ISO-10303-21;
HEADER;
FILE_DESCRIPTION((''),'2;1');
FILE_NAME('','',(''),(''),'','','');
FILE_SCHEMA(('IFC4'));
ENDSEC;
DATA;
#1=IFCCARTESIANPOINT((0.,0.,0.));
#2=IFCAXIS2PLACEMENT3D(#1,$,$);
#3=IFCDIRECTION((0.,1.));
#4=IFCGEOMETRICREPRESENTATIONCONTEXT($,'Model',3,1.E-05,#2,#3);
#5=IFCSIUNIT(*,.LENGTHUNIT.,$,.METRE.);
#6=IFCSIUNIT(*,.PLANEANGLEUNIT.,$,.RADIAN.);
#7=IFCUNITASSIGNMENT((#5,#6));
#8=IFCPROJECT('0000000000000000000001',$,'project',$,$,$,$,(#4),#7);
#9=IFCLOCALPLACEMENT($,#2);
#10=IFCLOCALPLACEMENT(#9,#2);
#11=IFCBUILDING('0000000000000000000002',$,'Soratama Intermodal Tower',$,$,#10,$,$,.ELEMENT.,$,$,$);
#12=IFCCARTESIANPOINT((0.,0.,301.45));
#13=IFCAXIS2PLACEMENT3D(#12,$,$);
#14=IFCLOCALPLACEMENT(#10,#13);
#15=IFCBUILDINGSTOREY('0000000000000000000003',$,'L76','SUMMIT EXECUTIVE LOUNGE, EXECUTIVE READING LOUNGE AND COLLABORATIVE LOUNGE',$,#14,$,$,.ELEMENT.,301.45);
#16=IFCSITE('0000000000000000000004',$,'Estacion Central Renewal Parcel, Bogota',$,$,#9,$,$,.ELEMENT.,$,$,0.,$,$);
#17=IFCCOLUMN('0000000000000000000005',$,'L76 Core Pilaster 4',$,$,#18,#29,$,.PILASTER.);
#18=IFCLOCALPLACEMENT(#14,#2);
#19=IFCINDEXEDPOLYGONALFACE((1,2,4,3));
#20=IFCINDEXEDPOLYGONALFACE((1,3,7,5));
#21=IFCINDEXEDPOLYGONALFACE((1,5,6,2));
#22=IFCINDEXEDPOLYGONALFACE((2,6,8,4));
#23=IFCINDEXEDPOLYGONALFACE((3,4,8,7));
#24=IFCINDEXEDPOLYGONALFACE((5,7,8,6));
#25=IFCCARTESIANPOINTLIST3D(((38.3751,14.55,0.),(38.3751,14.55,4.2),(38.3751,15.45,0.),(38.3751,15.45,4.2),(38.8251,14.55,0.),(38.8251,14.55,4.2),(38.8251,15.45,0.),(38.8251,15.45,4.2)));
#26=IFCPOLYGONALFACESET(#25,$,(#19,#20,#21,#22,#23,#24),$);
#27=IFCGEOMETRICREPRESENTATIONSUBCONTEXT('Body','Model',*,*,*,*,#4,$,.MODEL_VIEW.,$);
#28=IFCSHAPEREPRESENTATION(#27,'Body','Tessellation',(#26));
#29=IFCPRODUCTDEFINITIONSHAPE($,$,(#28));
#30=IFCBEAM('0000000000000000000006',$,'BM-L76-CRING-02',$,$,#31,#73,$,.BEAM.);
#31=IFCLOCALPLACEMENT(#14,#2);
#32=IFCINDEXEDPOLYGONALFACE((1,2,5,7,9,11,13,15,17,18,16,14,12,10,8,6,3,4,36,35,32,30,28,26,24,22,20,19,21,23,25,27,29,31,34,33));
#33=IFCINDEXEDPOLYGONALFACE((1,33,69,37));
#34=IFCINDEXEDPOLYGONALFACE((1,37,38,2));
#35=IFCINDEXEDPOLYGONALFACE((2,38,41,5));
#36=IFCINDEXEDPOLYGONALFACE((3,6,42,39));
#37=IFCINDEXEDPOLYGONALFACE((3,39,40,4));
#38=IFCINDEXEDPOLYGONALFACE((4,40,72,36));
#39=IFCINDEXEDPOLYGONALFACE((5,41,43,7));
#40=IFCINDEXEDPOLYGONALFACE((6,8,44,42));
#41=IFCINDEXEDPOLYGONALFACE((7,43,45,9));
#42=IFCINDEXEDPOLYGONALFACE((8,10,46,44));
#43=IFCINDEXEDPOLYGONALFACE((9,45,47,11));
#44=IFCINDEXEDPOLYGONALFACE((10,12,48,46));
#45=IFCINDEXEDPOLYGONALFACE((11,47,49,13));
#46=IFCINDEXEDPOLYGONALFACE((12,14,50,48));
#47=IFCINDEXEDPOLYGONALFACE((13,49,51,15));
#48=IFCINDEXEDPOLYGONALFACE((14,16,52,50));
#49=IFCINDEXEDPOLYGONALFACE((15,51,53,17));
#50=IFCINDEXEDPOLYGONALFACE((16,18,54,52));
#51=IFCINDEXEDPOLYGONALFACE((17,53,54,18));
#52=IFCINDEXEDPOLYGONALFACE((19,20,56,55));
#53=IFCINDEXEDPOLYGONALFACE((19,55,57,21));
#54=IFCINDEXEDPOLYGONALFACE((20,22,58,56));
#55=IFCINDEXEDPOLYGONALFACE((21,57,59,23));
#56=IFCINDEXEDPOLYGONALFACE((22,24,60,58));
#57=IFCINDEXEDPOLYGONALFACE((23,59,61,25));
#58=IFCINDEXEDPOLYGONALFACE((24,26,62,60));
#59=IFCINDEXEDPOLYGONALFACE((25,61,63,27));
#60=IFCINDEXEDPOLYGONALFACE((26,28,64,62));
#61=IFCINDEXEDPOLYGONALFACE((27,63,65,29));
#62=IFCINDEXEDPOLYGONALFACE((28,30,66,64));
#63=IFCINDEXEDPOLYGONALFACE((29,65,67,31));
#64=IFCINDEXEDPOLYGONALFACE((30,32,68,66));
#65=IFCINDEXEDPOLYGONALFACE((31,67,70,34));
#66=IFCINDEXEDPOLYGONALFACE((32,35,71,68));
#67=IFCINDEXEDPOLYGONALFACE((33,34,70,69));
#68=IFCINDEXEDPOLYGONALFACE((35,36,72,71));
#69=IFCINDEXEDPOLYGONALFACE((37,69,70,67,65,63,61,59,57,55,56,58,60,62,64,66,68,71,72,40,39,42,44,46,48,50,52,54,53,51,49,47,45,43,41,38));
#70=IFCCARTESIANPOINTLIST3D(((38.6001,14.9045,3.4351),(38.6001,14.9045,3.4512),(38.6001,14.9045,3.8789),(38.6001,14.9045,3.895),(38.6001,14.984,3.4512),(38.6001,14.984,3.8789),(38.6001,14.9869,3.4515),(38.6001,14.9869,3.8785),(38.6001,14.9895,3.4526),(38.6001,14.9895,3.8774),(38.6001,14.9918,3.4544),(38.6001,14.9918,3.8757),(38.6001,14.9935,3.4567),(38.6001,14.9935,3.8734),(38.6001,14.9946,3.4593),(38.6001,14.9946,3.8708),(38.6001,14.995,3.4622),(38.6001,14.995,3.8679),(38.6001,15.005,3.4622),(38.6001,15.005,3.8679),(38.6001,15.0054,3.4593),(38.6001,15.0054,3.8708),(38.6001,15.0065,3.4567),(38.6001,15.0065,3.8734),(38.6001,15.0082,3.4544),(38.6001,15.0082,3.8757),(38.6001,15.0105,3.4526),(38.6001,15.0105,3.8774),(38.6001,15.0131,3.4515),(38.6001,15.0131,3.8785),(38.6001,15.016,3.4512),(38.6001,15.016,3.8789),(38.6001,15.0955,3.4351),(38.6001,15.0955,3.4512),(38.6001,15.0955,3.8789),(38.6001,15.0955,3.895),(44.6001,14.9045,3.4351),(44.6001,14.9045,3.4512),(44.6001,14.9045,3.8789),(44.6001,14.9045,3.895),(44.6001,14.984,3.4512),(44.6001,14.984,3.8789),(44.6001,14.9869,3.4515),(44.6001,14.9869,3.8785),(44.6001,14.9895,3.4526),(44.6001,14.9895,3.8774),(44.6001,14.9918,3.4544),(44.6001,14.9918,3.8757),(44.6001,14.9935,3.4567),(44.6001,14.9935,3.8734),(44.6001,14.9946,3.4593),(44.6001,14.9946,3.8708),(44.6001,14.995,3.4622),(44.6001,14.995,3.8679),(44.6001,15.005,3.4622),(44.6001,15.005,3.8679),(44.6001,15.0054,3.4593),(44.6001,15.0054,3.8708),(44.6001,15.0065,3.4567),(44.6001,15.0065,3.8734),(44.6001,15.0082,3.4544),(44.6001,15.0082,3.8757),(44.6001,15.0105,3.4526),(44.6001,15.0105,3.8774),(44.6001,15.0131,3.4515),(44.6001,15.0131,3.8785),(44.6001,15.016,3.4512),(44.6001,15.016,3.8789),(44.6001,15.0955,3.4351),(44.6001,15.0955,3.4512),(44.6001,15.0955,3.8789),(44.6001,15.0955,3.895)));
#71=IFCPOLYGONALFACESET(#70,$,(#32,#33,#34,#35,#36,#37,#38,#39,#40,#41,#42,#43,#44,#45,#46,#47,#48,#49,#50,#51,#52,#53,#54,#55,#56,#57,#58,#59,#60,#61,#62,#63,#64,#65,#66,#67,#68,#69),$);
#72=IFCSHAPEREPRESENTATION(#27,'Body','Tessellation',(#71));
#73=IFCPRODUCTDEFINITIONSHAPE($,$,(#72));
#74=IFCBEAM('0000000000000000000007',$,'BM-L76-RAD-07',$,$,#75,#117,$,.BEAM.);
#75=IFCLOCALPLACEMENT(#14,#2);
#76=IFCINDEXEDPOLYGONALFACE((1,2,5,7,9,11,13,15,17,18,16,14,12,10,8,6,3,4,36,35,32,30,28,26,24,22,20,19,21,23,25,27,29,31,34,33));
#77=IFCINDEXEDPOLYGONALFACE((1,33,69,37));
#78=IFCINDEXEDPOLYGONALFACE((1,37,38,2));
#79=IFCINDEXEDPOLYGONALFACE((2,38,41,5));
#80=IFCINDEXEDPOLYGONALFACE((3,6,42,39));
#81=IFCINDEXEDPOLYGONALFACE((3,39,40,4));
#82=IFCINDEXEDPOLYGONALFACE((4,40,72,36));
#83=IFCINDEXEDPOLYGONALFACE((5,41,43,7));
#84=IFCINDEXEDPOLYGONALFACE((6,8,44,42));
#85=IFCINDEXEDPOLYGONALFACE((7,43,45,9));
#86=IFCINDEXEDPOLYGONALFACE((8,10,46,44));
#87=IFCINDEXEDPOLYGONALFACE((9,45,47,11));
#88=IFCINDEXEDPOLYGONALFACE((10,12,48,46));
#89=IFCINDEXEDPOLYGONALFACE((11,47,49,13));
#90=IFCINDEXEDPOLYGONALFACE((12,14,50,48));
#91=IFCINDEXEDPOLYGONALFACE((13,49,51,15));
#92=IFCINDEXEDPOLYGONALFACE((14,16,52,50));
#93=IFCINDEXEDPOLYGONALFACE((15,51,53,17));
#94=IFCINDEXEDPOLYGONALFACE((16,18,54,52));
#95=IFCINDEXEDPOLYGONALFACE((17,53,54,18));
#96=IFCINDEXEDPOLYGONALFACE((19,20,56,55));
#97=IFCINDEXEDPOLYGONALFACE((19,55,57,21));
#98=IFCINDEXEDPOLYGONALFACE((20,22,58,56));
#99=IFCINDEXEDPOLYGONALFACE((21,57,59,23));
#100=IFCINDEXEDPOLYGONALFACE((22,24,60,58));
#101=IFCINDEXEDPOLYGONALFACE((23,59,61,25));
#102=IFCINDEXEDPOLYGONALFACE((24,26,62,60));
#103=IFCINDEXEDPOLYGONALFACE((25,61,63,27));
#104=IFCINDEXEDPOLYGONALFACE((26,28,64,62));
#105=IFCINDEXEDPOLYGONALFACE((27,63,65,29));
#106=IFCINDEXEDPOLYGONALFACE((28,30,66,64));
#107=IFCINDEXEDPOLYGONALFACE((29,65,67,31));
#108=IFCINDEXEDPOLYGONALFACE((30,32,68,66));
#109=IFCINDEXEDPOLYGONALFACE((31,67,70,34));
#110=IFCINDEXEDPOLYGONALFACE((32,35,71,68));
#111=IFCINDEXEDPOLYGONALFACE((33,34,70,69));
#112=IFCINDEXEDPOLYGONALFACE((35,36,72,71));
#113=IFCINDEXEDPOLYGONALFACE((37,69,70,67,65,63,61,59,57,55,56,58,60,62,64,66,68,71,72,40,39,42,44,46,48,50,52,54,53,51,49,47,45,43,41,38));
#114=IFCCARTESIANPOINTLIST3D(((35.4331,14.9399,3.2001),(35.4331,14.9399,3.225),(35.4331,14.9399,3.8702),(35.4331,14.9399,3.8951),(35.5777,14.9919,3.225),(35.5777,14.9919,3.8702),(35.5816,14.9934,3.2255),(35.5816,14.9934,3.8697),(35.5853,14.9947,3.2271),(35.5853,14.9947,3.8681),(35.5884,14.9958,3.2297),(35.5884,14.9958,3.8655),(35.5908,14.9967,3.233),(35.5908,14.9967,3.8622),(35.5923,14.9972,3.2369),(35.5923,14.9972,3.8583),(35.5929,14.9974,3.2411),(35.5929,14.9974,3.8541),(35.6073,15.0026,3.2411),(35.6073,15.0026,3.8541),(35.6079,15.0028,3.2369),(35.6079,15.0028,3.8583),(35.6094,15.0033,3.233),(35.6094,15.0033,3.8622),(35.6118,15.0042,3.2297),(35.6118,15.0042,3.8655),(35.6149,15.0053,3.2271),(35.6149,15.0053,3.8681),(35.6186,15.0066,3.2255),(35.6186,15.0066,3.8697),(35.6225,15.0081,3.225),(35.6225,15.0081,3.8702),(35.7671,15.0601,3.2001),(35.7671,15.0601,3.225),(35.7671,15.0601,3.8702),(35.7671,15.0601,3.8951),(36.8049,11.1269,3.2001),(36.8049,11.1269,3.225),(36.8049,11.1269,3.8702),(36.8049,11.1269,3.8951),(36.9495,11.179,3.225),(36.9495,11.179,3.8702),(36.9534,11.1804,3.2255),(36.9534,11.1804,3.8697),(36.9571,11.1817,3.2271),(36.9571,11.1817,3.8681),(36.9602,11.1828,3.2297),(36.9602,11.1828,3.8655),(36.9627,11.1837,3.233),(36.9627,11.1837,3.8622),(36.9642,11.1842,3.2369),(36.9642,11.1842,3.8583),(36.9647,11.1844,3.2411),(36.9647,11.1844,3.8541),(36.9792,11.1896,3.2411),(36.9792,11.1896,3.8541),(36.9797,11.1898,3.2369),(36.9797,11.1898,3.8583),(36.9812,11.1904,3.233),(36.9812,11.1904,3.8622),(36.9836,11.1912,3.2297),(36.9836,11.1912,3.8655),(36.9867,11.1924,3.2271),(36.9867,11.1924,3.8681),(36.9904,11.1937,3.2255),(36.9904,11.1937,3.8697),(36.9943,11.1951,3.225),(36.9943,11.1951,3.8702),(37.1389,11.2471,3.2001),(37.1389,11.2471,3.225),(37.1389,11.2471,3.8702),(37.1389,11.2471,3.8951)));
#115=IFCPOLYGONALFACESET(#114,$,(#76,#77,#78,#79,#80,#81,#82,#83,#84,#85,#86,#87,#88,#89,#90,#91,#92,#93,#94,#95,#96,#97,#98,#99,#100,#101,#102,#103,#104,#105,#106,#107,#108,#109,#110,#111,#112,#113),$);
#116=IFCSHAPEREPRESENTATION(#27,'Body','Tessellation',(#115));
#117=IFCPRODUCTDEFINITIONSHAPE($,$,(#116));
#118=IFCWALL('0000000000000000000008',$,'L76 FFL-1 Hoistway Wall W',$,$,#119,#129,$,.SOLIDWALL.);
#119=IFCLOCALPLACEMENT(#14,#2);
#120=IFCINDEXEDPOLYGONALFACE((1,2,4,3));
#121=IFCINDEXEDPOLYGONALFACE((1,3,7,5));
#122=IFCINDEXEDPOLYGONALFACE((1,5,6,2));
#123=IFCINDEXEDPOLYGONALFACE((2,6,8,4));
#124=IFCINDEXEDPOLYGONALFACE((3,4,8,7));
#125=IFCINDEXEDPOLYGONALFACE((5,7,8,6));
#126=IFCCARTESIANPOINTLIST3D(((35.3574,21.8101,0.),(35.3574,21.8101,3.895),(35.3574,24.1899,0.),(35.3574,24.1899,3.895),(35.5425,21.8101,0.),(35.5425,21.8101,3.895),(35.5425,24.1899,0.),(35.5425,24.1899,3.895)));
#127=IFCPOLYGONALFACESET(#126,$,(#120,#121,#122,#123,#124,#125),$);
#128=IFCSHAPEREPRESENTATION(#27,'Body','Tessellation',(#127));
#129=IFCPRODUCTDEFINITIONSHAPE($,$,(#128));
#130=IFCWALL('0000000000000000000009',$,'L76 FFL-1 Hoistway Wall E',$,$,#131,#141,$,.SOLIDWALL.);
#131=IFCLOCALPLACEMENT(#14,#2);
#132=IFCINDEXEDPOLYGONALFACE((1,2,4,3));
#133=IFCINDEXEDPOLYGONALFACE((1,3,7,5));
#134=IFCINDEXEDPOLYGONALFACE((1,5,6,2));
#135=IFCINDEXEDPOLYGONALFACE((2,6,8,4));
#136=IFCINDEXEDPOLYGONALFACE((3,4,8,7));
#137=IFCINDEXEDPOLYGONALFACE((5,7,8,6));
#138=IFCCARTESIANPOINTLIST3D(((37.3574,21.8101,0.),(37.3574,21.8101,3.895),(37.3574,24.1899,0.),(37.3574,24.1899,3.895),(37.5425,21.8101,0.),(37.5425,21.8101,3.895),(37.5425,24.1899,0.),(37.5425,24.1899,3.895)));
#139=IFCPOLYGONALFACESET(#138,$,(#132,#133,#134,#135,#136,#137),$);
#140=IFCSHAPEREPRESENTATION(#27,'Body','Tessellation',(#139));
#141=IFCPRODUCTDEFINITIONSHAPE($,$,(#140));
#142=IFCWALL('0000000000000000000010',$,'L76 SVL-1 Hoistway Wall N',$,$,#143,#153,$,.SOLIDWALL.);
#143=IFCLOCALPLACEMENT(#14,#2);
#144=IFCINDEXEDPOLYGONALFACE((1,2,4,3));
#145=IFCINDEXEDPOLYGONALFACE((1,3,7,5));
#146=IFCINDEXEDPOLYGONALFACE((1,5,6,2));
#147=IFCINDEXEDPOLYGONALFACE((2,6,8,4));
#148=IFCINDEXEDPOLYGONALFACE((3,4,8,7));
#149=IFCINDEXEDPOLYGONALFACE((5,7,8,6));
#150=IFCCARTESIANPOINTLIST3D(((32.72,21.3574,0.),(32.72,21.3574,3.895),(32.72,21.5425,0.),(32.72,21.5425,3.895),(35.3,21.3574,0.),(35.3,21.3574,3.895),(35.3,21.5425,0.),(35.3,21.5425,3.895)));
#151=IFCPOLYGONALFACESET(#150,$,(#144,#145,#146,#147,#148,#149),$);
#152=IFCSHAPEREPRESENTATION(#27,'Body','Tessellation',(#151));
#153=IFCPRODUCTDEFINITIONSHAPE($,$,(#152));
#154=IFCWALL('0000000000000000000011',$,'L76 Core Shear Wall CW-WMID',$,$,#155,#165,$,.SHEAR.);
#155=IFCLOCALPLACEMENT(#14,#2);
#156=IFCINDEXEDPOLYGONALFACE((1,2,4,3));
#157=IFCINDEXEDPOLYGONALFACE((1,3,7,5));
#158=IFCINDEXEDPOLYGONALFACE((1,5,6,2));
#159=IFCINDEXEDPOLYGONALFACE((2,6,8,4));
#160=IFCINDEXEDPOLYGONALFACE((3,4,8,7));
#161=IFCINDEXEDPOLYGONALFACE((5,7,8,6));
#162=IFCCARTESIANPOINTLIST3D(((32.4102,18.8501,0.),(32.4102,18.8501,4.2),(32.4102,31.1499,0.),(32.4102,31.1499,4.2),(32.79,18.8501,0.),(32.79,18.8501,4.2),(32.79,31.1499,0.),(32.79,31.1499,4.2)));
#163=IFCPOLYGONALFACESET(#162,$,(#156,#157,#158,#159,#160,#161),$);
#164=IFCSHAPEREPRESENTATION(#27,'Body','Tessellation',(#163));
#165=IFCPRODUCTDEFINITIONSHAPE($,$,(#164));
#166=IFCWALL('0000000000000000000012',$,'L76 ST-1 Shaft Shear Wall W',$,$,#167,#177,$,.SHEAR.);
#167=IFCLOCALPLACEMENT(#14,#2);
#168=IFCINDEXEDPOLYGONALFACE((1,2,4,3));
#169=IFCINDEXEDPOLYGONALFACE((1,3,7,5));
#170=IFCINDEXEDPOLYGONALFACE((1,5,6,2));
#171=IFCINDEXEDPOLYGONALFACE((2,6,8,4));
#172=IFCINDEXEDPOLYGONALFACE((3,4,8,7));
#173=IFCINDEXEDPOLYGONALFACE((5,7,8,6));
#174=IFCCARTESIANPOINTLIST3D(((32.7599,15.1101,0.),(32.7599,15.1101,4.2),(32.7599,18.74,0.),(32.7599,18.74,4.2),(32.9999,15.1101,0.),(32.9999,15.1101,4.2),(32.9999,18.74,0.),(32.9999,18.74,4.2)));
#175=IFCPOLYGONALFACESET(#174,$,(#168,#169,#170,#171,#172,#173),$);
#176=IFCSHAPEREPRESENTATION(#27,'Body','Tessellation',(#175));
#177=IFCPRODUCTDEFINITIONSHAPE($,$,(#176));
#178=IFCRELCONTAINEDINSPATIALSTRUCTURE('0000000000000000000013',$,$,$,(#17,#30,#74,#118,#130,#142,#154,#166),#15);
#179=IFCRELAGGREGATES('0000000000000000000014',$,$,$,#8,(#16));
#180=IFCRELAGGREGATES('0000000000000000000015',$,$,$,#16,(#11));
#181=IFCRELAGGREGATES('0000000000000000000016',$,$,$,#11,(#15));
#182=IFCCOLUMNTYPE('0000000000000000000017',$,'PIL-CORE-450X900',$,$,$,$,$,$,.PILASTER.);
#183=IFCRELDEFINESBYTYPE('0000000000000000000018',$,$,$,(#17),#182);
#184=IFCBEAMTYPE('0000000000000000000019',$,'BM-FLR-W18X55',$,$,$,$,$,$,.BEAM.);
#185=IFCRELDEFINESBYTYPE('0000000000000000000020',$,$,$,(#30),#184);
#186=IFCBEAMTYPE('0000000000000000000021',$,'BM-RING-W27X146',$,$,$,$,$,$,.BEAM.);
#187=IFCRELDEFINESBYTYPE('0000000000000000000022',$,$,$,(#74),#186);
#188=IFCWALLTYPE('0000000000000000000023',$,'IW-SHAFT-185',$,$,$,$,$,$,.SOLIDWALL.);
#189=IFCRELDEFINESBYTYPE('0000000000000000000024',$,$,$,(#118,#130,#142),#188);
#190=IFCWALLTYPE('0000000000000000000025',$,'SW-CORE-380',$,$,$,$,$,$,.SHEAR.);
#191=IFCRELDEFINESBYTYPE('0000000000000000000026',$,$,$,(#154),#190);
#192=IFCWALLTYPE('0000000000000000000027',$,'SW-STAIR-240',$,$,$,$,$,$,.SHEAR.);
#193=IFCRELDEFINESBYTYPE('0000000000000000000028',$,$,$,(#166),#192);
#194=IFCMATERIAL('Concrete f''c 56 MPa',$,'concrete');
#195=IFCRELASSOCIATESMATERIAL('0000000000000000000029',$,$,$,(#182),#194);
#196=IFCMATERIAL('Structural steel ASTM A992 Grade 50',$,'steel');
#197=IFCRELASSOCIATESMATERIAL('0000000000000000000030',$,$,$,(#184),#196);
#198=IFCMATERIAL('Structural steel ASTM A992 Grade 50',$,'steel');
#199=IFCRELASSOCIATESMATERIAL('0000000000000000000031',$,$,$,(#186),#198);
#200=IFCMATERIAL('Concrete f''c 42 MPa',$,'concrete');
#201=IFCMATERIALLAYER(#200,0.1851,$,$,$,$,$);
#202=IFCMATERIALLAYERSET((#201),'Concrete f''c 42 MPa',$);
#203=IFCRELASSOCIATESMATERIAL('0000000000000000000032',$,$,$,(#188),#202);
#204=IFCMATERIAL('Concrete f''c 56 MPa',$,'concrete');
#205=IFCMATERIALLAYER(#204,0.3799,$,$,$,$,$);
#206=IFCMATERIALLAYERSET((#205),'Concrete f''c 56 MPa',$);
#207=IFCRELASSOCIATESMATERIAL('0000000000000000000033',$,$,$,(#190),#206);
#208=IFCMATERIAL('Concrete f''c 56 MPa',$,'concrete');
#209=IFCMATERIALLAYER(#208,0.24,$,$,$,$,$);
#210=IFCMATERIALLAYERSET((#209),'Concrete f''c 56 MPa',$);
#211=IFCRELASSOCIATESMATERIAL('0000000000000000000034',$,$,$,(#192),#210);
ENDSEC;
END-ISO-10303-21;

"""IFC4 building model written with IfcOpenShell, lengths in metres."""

from ifc_helpers import new_model, si_unit, direction, frame, frame_2d, origin, origin_2d, place, context, subcontext, project, spatial, rectangle, i_section, extrude, material, layer, layer_set, material_profile, profile_set, type_object, element, save


model = new_model("IFC4")

# Units and contexts
model_context = context("Model", 3, precision=1e-05, world=origin(), true_north=direction((0.0, 1.0)))
body_context = subcontext(model_context, "Body", "Model", "MODEL_VIEW")
ifc_project = project(units=[si_unit("LENGTHUNIT", "METRE"), si_unit("PLANEANGLEUNIT", "RADIAN")], contexts=[model_context])

# Site, building, storey
site_placement = place(None, origin())
site = spatial("IfcSite", under=ifc_project, at=site_placement, Name="Estacion Central Renewal Parcel, Bogota", CompositionType="ELEMENT", RefElevation=0.0)
building_placement = place(site_placement, origin())
building = spatial("IfcBuilding", under=site, at=building_placement, Name="Soratama Intermodal Tower", CompositionType="ELEMENT")
storey_placement = place(building_placement, frame((0.0, 0.0, 301.45)))
storey = spatial("IfcBuildingStorey", under=building, at=storey_placement, Name="L76", Description="SUMMIT EXECUTIVE LOUNGE, EXECUTIVE READING LOUNGE AND COLLABORATIVE LOUNGE", CompositionType="ELEMENT", Elevation=301.45)

# Column
ifc_material_1 = material(Name="Concrete f'c 56 MPa", Category="concrete")
ifc_material_profile_1 = material_profile(ifc_material_1, rectangle(XDim=0.45, YDim=0.8999, at=origin_2d()), Name="RC450X900")
ifc_profile_set_1 = profile_set([ifc_material_profile_1], Name="Concrete f'c 56 MPa")
column_type = type_object("IfcColumnType", Name="PIL-CORE-450X900", PredefinedType="PILASTER", material=ifc_profile_set_1)
column_placement = place(storey_placement, frame((38.6001, 15.0, 0.0), z_axis=(0.0, 0.0, 1.0), x_axis=(1.0, 0.0, 0.0)))
element("IfcColumn", 1, at=column_placement, inside=storey, type_object=column_type, Name="L76 Core Pilaster 4", PredefinedType="PILASTER", context=body_context, shape_type="SweptSolid", body=[
    extrude(rectangle(XDim=0.45, YDim=0.8999, at=origin_2d()), origin(), (0.0, 0.0, 1.0), 4.2),
])

# Beams
ifc_material_2 = material(Name="Structural steel ASTM A992 Grade 50", Category="steel")
ifc_material_profile_2 = material_profile(ifc_material_2, i_section(OverallWidth=0.1909, OverallDepth=0.46, WebThickness=0.01, FlangeThickness=0.0161, FilletRadius=0.011, at=origin_2d()), Name="W18X55")
ifc_profile_set_2 = profile_set([ifc_material_profile_2], Name="Structural steel ASTM A992 Grade 50")
beam_type_1 = type_object("IfcBeamType", Name="BM-FLR-W18X55", PredefinedType="BEAM", material=ifc_profile_set_2)
beam_1_placement = place(storey_placement, frame((38.6001, 15.0, 3.665), z_axis=(1.0, 0.0, 0.0), x_axis=(0.0, 1.0, 0.0)))
element("IfcBeam", 2, at=beam_1_placement, inside=storey, type_object=beam_type_1, Name="BM-L76-CRING-02", PredefinedType="BEAM", context=body_context, shape_type="SweptSolid", body=[
    extrude(i_section(OverallWidth=0.1909, OverallDepth=0.46, WebThickness=0.01, FlangeThickness=0.0161, FilletRadius=0.011, at=origin_2d()), origin(), (0.0, 0.0, 1.0), 6.0),
])
ifc_material_3 = material(Name="Structural steel ASTM A992 Grade 50", Category="steel")
ifc_material_profile_3 = material_profile(ifc_material_3, i_section(OverallWidth=0.355, OverallDepth=0.6951, WebThickness=0.0154, FlangeThickness=0.0249, FilletRadius=0.0161, at=origin_2d()), Name="W27X146")
ifc_profile_set_3 = profile_set([ifc_material_profile_3], Name="Structural steel ASTM A992 Grade 50")
beam_type_2 = type_object("IfcBeamType", Name="BM-RING-W27X146", PredefinedType="BEAM", material=ifc_profile_set_3)
beam_2_placement = place(storey_placement, frame((35.6001, 15.0, 3.5476), z_axis=(0.338534, -0.940954, 0.0), x_axis=(0.940954, 0.338534, 0.0)))
element("IfcBeam", 3, at=beam_2_placement, inside=storey, type_object=beam_type_2, Name="BM-L76-RAD-07", PredefinedType="BEAM", context=body_context, shape_type="SweptSolid", body=[
    extrude(i_section(OverallWidth=0.355, OverallDepth=0.6951, WebThickness=0.0154, FlangeThickness=0.0249, FilletRadius=0.0161, at=origin_2d()), origin(), (0.0, 0.0, 1.0), 4.0522),
])

# Shared definitions
ifc_material_4 = material(Name="Concrete f'c 42 MPa", Category="concrete")
ifc_layer_1 = layer(ifc_material_4, 0.1851)
ifc_layer_set_1 = layer_set([ifc_layer_1], Name="Concrete f'c 42 MPa")
wall_type_1 = type_object("IfcWallType", Name="IW-SHAFT-185", PredefinedType="SOLIDWALL", material=ifc_layer_set_1)

# Walls
for number, where, z_axis, x_axis, name in (
    (4, (35.45, 21.8101, 0.0), (0.0, 0.0, 1.0), (0.0, 1.0, 0.0), "L76 FFL-1 Hoistway Wall W"),
    (5, (37.45, 21.8101, 0.0), (0.0, 0.0, 1.0), (0.0, 1.0, 0.0), "L76 FFL-1 Hoistway Wall E"),
):
    element("IfcWall", number, at=place(storey_placement, frame(where, z_axis=z_axis, x_axis=x_axis)), inside=storey, type_object=wall_type_1, Name=name, PredefinedType="SOLIDWALL", context=body_context, shape_type="SweptSolid", body=[
        extrude(rectangle(XDim=2.3799, YDim=0.1851, at=frame_2d((1.1899, 0.0))), origin(), (0.0, 0.0, 1.0), 3.895),
    ])

# Wall
wall_1_placement = place(storey_placement, frame((32.72, 21.45, 0.0), z_axis=(0.0, 0.0, 1.0), x_axis=(1.0, 0.0, 0.0)))
element("IfcWall", 6, at=wall_1_placement, inside=storey, type_object=wall_type_1, Name="L76 SVL-1 Hoistway Wall N", PredefinedType="SOLIDWALL", context=body_context, shape_type="SweptSolid", body=[
    extrude(rectangle(XDim=2.5801, YDim=0.1851, at=frame_2d((1.29, 0.0))), origin(), (0.0, 0.0, 1.0), 3.895),
])

# Walls
ifc_material_5 = material(Name="Concrete f'c 56 MPa", Category="concrete")
ifc_layer_2 = layer(ifc_material_5, 0.3799)
ifc_layer_set_2 = layer_set([ifc_layer_2], Name="Concrete f'c 56 MPa")
wall_type_2 = type_object("IfcWallType", Name="SW-CORE-380", PredefinedType="SHEAR", material=ifc_layer_set_2)
wall_2_placement = place(storey_placement, frame((32.6001, 18.8501, 0.0), z_axis=(0.0, 0.0, 1.0), x_axis=(0.0, 1.0, 0.0)))
element("IfcWall", 7, at=wall_2_placement, inside=storey, type_object=wall_type_2, Name="L76 Core Shear Wall CW-WMID", PredefinedType="SHEAR", context=body_context, shape_type="SweptSolid", body=[
    extrude(rectangle(XDim=12.2998, YDim=0.3799, at=frame_2d((6.1499, 0.0))), origin(), (0.0, 0.0, 1.0), 4.2),
])
ifc_material_6 = material(Name="Concrete f'c 56 MPa", Category="concrete")
ifc_layer_3 = layer(ifc_material_6, 0.24)
ifc_layer_set_3 = layer_set([ifc_layer_3], Name="Concrete f'c 56 MPa")
wall_type_3 = type_object("IfcWallType", Name="SW-STAIR-240", PredefinedType="SHEAR", material=ifc_layer_set_3)
wall_3_placement = place(storey_placement, frame((32.8799, 15.1101, 0.0), z_axis=(0.0, 0.0, 1.0), x_axis=(0.0, 1.0, 0.0)))
element("IfcWall", 8, at=wall_3_placement, inside=storey, type_object=wall_type_3, Name="L76 ST-1 Shaft Shear Wall W", PredefinedType="SHEAR", context=body_context, shape_type="SweptSolid", body=[
    extrude(rectangle(XDim=3.6299, YDim=0.24, at=frame_2d((1.8149, 0.0))), origin(), (0.0, 0.0, 1.0), 4.2),
])

save(model, "model.ifc")
